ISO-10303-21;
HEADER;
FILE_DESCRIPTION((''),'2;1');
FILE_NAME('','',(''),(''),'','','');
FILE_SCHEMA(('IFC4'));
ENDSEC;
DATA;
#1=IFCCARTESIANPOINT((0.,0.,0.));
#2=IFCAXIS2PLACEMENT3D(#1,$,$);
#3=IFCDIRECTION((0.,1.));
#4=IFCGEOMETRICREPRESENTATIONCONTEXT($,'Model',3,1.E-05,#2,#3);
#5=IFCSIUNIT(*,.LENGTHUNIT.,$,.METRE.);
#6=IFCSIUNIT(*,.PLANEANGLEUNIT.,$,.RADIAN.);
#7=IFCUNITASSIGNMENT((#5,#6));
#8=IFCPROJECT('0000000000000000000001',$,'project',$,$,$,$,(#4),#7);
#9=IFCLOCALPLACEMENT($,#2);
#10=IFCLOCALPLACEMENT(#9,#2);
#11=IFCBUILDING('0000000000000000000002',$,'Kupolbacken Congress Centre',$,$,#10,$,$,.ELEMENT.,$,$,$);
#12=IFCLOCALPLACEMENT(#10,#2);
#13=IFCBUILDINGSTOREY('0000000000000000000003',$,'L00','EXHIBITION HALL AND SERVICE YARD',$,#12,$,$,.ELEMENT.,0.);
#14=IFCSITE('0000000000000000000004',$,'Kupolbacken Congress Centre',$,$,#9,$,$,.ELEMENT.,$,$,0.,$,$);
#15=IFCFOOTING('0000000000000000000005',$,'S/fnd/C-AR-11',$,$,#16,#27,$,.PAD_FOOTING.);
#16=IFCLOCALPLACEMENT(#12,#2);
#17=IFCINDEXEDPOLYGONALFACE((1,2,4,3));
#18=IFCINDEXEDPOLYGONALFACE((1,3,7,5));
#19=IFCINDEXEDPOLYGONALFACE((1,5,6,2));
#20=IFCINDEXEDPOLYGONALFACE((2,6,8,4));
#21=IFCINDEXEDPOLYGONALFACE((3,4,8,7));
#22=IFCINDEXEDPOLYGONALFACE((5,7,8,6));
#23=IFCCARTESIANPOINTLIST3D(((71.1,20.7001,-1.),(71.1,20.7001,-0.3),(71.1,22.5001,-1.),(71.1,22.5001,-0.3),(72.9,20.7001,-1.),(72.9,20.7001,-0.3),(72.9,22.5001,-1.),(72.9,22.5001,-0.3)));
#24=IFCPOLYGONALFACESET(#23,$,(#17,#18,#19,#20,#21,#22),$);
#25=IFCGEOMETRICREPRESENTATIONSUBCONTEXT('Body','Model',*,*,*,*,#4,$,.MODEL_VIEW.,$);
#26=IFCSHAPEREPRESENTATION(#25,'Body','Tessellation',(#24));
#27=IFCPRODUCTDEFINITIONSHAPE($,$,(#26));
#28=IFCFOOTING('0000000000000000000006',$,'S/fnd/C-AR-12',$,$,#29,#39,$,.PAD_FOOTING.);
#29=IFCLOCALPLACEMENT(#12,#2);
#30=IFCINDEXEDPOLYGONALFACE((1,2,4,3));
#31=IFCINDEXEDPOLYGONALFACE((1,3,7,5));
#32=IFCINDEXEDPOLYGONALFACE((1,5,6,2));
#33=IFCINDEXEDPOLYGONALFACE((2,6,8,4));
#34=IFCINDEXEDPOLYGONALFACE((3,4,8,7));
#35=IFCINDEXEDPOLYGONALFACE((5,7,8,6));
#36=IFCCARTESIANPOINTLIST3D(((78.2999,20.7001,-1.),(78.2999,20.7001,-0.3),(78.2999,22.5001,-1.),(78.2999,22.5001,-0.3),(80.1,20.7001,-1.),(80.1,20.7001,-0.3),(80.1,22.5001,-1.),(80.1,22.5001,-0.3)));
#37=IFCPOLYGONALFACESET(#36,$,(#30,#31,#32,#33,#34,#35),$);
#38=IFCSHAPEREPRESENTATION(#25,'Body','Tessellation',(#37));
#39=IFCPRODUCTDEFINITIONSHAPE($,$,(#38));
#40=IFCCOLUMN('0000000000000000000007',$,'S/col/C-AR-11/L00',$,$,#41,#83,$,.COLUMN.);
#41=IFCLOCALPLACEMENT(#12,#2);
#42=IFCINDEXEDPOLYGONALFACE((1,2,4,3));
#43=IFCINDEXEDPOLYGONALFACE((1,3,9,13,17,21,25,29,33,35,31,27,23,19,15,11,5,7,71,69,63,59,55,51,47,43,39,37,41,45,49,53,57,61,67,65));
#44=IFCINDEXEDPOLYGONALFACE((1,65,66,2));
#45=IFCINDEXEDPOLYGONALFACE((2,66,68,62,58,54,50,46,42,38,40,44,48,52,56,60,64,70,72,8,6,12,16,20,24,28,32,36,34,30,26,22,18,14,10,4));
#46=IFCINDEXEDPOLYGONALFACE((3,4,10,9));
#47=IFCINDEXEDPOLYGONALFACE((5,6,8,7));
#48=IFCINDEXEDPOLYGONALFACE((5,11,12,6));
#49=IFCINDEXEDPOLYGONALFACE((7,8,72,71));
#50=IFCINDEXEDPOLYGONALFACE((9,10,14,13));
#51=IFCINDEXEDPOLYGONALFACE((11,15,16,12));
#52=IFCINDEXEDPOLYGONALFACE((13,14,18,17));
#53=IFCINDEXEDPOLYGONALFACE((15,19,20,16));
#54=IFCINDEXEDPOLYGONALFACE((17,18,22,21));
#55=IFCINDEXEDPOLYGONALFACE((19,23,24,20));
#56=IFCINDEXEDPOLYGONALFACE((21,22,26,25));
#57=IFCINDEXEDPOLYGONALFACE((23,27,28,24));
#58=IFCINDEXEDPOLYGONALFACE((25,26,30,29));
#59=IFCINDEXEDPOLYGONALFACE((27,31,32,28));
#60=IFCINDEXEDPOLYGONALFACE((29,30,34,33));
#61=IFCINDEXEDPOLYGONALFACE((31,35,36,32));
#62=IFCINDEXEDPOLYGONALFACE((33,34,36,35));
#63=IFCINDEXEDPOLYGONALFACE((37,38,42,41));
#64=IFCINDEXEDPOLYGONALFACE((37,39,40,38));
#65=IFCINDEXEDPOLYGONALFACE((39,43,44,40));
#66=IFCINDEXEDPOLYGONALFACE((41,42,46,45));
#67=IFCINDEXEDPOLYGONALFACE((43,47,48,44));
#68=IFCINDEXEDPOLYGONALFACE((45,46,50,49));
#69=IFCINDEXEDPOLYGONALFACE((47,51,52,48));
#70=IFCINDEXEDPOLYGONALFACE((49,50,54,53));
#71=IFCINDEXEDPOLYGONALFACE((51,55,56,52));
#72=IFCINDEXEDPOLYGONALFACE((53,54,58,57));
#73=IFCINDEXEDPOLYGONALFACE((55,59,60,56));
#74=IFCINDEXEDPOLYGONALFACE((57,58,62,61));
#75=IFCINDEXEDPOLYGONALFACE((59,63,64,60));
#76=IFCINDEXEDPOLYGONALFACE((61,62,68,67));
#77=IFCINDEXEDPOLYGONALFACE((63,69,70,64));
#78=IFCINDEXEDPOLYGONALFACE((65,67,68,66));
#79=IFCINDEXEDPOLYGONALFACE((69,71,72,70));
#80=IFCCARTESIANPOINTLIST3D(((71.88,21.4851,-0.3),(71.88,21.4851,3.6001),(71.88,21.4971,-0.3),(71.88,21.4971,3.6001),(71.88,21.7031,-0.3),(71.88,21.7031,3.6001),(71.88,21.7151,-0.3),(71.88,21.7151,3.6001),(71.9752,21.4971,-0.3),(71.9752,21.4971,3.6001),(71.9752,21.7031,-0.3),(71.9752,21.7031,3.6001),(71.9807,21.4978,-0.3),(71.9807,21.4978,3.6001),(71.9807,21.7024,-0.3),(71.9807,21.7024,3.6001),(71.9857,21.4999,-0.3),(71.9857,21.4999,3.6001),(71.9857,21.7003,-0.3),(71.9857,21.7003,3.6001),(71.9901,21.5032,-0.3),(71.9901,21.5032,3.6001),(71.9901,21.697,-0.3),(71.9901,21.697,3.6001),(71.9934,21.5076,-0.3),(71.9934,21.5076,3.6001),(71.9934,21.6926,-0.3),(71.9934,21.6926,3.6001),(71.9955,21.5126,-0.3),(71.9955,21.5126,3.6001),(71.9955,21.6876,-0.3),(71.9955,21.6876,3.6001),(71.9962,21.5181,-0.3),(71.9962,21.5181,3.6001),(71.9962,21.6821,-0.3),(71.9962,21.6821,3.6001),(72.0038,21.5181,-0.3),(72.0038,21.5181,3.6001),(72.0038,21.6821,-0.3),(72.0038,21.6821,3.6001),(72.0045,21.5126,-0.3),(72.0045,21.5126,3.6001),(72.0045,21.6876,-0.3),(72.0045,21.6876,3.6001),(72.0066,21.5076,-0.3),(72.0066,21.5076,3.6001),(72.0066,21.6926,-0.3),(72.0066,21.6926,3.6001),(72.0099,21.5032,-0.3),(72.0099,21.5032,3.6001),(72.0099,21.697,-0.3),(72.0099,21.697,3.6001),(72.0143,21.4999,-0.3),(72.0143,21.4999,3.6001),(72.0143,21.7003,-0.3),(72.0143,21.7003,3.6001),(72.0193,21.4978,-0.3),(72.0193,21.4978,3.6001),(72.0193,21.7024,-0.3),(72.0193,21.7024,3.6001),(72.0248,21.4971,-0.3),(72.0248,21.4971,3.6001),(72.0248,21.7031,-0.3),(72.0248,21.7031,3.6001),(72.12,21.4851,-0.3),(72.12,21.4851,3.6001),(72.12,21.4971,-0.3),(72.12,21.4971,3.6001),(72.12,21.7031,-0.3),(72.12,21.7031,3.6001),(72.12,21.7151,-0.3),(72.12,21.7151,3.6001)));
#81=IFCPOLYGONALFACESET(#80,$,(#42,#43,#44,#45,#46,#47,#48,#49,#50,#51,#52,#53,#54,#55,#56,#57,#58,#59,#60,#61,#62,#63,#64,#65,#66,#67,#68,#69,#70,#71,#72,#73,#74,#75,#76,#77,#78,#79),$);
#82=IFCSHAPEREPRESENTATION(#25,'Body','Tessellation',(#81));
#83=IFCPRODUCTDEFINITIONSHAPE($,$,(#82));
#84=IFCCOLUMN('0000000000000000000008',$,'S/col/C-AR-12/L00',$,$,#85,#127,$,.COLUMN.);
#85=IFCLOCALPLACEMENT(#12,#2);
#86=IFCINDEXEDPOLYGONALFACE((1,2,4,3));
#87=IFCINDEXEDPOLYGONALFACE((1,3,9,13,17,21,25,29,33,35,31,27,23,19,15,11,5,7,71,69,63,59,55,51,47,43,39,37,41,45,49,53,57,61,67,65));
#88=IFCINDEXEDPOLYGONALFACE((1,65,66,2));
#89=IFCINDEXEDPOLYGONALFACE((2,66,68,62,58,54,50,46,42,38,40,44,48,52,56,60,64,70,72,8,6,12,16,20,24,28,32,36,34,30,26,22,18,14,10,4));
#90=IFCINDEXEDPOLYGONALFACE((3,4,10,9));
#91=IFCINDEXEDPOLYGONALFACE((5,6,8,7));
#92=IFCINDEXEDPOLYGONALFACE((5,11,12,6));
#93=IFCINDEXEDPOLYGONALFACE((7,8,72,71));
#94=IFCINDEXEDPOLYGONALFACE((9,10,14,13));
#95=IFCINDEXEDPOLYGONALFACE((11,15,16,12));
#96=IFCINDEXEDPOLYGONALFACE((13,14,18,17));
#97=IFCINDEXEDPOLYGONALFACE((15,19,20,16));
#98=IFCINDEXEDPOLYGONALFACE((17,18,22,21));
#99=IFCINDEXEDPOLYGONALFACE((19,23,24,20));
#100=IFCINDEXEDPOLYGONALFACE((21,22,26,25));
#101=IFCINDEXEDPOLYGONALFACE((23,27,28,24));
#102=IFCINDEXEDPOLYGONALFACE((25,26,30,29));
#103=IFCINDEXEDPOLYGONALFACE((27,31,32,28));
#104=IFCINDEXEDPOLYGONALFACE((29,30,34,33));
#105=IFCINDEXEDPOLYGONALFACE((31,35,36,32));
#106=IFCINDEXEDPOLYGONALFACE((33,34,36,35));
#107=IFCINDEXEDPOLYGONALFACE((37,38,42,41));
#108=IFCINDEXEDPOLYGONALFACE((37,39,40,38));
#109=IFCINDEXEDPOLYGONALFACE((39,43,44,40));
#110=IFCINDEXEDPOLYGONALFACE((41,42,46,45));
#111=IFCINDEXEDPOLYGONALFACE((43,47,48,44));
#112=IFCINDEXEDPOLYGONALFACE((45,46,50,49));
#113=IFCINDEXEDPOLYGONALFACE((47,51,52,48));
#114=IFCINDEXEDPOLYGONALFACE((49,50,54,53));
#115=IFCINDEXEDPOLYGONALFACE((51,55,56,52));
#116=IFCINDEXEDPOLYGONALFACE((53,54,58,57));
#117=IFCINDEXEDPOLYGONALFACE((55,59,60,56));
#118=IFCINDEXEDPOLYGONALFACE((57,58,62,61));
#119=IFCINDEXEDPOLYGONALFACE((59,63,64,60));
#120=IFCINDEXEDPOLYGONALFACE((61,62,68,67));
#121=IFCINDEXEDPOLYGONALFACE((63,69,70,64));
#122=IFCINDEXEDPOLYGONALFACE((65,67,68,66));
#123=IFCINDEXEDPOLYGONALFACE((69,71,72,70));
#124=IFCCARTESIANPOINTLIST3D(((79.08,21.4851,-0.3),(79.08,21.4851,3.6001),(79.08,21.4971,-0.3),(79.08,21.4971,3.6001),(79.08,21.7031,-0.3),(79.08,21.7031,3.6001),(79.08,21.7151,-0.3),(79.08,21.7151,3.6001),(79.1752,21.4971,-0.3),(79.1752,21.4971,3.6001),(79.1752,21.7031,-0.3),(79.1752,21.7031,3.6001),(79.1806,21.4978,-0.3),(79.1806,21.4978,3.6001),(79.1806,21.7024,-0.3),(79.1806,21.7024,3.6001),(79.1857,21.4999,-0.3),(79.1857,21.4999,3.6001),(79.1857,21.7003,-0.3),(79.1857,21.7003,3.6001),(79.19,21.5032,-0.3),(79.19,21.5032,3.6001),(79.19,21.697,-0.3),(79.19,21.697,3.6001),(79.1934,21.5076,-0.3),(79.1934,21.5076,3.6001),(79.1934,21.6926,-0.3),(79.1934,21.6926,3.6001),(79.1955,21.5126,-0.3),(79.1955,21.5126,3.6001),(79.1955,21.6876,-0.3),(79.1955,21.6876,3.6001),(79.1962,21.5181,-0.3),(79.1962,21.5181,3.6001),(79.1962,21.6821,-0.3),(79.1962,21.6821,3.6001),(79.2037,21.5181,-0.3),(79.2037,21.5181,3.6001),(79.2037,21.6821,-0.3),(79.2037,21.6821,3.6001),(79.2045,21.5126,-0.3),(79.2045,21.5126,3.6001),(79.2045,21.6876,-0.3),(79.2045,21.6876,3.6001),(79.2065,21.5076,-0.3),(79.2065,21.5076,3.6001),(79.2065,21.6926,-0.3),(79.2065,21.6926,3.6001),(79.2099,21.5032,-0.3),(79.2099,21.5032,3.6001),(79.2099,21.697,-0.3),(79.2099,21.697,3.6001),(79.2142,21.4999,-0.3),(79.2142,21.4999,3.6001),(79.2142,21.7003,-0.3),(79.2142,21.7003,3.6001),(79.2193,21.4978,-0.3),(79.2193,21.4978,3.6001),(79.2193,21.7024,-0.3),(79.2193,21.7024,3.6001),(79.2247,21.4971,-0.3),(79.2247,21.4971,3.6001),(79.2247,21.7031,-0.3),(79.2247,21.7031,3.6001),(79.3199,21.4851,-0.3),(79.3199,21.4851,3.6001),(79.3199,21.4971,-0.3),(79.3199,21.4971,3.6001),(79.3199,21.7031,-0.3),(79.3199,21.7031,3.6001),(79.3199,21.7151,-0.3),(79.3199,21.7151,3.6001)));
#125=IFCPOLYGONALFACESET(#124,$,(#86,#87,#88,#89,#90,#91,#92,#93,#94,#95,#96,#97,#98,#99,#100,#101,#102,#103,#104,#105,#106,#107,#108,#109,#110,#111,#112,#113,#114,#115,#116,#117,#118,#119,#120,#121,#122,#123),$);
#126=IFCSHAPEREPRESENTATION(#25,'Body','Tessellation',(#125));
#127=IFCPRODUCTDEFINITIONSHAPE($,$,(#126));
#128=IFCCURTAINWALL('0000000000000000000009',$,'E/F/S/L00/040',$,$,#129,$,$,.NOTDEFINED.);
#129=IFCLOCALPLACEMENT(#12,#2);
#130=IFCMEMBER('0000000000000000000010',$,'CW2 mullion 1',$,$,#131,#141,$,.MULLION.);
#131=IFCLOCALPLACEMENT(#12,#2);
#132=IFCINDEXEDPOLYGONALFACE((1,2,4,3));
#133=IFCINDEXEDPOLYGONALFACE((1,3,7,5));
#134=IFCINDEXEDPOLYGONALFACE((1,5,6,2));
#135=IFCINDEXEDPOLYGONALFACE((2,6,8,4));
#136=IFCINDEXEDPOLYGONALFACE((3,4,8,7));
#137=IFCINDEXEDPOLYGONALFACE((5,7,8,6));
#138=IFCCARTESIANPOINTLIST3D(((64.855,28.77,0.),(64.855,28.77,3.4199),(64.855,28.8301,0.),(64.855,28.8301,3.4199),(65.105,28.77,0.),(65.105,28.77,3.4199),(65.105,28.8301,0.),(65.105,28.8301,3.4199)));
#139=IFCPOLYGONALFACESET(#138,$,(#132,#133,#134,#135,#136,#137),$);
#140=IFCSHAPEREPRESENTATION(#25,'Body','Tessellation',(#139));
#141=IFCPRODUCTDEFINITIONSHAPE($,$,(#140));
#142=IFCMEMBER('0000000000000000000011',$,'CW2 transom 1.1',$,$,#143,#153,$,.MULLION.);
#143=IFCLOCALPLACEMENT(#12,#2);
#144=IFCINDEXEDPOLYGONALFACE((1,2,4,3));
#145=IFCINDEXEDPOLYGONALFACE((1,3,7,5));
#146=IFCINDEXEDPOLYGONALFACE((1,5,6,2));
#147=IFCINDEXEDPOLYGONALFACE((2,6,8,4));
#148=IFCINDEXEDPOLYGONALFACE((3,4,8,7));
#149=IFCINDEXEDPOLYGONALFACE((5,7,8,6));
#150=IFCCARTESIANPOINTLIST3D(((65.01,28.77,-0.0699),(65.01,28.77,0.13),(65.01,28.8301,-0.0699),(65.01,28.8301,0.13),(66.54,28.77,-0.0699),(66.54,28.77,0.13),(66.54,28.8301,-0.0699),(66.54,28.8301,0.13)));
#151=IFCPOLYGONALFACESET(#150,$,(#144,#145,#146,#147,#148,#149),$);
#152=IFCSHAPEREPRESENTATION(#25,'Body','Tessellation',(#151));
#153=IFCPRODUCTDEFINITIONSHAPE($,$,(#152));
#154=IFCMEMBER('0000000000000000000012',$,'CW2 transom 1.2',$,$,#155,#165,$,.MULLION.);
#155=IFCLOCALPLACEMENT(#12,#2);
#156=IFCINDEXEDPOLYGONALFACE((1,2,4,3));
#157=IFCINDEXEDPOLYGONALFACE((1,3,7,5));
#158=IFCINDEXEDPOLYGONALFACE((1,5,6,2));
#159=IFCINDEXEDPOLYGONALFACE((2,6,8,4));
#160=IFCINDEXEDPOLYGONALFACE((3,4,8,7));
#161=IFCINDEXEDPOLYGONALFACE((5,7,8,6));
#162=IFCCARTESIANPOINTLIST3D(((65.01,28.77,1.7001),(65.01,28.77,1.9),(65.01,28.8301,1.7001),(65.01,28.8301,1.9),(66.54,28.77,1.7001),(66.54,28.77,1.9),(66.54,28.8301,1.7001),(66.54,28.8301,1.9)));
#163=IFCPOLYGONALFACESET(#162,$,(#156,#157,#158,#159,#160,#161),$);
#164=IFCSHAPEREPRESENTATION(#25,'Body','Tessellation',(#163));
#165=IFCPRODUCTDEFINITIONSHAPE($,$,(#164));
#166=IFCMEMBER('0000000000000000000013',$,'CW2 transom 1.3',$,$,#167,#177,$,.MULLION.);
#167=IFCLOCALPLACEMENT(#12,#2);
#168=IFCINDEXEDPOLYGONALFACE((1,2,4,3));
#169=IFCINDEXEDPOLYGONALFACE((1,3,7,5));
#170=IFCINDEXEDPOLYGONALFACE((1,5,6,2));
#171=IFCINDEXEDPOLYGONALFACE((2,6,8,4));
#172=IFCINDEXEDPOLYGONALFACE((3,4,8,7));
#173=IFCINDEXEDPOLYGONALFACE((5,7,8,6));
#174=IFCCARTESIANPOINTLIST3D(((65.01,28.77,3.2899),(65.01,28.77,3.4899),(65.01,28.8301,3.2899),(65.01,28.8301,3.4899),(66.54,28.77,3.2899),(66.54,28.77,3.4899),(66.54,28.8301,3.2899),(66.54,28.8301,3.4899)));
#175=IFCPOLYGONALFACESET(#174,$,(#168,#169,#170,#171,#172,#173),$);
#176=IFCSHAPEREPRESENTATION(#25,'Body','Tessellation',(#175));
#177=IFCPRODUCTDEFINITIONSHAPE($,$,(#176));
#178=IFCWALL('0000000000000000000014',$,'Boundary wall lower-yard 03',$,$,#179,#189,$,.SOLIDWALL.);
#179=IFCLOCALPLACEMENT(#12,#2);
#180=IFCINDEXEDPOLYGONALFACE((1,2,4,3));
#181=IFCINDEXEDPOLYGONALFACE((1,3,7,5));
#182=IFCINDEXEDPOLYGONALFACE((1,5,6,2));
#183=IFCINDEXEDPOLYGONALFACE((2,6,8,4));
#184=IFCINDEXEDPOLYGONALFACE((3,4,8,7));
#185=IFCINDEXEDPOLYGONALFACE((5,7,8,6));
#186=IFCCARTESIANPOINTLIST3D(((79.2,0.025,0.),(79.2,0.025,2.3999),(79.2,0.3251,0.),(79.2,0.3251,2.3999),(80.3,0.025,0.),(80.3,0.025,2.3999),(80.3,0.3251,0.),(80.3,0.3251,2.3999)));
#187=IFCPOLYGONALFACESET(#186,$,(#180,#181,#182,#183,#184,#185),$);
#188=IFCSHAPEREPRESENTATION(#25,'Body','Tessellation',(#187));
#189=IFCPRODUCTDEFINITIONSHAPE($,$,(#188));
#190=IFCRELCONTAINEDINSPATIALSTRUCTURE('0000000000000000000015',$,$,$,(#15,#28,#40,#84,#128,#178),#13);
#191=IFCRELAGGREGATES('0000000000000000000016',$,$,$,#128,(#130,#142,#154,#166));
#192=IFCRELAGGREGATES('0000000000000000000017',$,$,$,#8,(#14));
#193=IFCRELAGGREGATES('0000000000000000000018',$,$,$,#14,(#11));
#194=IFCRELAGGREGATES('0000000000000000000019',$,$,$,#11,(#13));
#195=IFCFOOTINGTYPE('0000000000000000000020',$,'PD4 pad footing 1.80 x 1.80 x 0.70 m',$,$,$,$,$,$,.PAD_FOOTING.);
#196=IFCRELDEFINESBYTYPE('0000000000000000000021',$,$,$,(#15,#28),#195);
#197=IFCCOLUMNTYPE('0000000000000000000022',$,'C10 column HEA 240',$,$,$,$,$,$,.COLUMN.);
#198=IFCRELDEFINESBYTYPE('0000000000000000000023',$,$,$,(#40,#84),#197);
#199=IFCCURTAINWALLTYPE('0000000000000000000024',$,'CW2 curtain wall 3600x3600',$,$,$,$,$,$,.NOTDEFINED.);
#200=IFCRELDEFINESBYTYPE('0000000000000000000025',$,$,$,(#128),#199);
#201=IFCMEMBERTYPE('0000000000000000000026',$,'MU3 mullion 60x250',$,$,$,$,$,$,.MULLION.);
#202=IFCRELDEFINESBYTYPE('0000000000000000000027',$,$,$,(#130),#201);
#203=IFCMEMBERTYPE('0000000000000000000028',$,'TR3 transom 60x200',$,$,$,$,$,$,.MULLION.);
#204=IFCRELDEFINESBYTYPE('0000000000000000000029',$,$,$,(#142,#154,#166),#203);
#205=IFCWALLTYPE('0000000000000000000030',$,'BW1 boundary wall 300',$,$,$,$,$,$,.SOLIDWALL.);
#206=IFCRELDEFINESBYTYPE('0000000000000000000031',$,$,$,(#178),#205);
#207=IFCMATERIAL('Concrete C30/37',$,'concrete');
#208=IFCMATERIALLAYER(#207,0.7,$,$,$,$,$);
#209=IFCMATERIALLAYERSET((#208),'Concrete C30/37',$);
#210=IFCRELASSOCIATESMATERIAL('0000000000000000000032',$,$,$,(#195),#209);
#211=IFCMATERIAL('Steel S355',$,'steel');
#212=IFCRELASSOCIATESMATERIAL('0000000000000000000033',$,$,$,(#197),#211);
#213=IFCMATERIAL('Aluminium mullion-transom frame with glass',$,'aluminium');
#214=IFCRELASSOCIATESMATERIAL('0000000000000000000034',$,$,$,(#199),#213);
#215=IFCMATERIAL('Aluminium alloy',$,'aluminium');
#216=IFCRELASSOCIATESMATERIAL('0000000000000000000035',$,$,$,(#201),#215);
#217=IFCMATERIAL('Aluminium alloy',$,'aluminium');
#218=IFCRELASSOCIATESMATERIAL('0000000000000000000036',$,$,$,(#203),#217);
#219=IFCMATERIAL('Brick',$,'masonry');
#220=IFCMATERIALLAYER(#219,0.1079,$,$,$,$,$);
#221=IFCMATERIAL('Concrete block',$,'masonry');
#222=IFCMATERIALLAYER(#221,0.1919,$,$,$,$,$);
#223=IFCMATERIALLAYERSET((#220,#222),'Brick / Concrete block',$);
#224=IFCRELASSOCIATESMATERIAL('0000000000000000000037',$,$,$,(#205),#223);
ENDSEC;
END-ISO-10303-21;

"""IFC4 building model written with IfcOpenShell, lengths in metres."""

from ifc_helpers import new_model, si_unit, direction, frame, frame_2d, origin, origin_2d, place, context, subcontext, project, spatial, rectangle, i_section, extrude, material, layer, layer_set, material_profile, profile_set, type_object, element, aggregate, save


model = new_model("IFC4")

# Units and contexts
model_context = context("Model", 3, precision=1e-05, world=origin(), true_north=direction((0.0, 1.0)))
body_context = subcontext(model_context, "Body", "Model", "MODEL_VIEW")
ifc_project = project(units=[si_unit("LENGTHUNIT", "METRE"), si_unit("PLANEANGLEUNIT", "RADIAN")], contexts=[model_context])

# Site, building, storey
site_placement = place(None, origin())
site = spatial("IfcSite", under=ifc_project, at=site_placement, Name="Kupolbacken Congress Centre", CompositionType="ELEMENT", RefElevation=0.0)
building_placement = place(site_placement, origin())
building = spatial("IfcBuilding", under=site, at=building_placement, Name="Kupolbacken Congress Centre", CompositionType="ELEMENT")
storey_placement = place(building_placement, origin())
storey = spatial("IfcBuildingStorey", under=building, at=storey_placement, Name="L00", Description="EXHIBITION HALL AND SERVICE YARD", CompositionType="ELEMENT", Elevation=0.0)

# Footings
ifc_material_1 = material(Name="Concrete C30/37", Category="concrete")
ifc_layer_1 = layer(ifc_material_1, 0.7)
ifc_layer_set_1 = layer_set([ifc_layer_1], Name="Concrete C30/37")
footing_type = type_object("IfcFootingType", Name="PD4 pad footing 1.80 x 1.80 x 0.70 m", PredefinedType="PAD_FOOTING", material=ifc_layer_set_1)
for number, where, z_axis, x_axis, name in (
    (1, (72.0, 21.6001, -1.0), (0.0, 0.0, 1.0), (1.0, 0.0, 0.0), "S/fnd/C-AR-11"),
    (2, (79.2, 21.6001, -1.0), (0.0, 0.0, 1.0), (1.0, 0.0, 0.0), "S/fnd/C-AR-12"),
):
    element("IfcFooting", number, at=place(storey_placement, frame(where, z_axis=z_axis, x_axis=x_axis)), inside=storey, type_object=footing_type, Name=name, PredefinedType="PAD_FOOTING", context=body_context, shape_type="SweptSolid", body=[
        extrude(rectangle(XDim=1.8, YDim=1.8, at=origin_2d()), origin(), (0.0, 0.0, 1.0), 0.7),
    ])

# Columns
ifc_material_2 = material(Name="Steel S355", Category="steel")
ifc_material_profile_1 = material_profile(ifc_material_2, i_section(OverallWidth=0.24, OverallDepth=0.23, WebThickness=0.0076, FlangeThickness=0.012, FilletRadius=0.021, at=origin_2d()), Name="HEA 240")
ifc_profile_set_1 = profile_set([ifc_material_profile_1], Name="Steel S355")
column_type = type_object("IfcColumnType", Name="C10 column HEA 240", PredefinedType="COLUMN", material=ifc_profile_set_1)
for number, where, z_axis, x_axis, name in (
    (3, (72.0, 21.6001, -0.3), (0.0, 0.0, 1.0), (1.0, 0.0, 0.0), "S/col/C-AR-11/L00"),
    (4, (79.2, 21.6001, -0.3), (0.0, 0.0, 1.0), (1.0, 0.0, 0.0), "S/col/C-AR-12/L00"),
):
    element("IfcColumn", number, at=place(storey_placement, frame(where, z_axis=z_axis, x_axis=x_axis)), inside=storey, type_object=column_type, Name=name, PredefinedType="COLUMN", context=body_context, shape_type="SweptSolid", body=[
        extrude(i_section(OverallWidth=0.24, OverallDepth=0.23, WebThickness=0.0076, FlangeThickness=0.012, FilletRadius=0.021, at=origin_2d()), origin(), (0.0, 0.0, 1.0), 3.9001),
    ])

# Curtain wall, members
ifc_material_3 = material(Name="Aluminium mullion-transom frame with glass", Category="aluminium")
curtain_wall_type = type_object("IfcCurtainWallType", Name="CW2 curtain wall 3600x3600", PredefinedType="NOTDEFINED", material=ifc_material_3)
curtain_wall_placement = place(storey_placement, origin())
curtain_wall = element("IfcCurtainWall", 5, at=curtain_wall_placement, inside=storey, type_object=curtain_wall_type, Name="E/F/S/L00/040", PredefinedType="NOTDEFINED")
ifc_material_4 = material(Name="Aluminium alloy", Category="aluminium")
ifc_material_profile_2 = material_profile(ifc_material_4, rectangle(XDim=0.0601, YDim=0.25, at=origin_2d()), Name="60 x 250")
ifc_profile_set_2 = profile_set([ifc_material_profile_2], Name="Aluminium alloy")
member_type_1 = type_object("IfcMemberType", Name="MU3 mullion 60x250", PredefinedType="MULLION", material=ifc_profile_set_2)
member_1_placement = place(storey_placement, frame((64.98, 28.8, 0.0), z_axis=(0.0, 0.0, 1.0), x_axis=(0.0, 1.0, 0.0)))
member_1 = element("IfcMember", 6, at=member_1_placement, type_object=member_type_1, Name="CW2 mullion 1", PredefinedType="MULLION", context=body_context, shape_type="SweptSolid", body=[
    extrude(rectangle(XDim=0.0601, YDim=0.25, at=origin_2d()), origin(), (0.0, 0.0, 1.0), 3.4199),
])
ifc_material_5 = material(Name="Aluminium alloy", Category="aluminium")
ifc_material_profile_3 = material_profile(ifc_material_5, rectangle(XDim=0.0601, YDim=0.2, at=origin_2d()), Name="60 x 200")
ifc_profile_set_3 = profile_set([ifc_material_profile_3], Name="Aluminium alloy")
member_type_2 = type_object("IfcMemberType", Name="TR3 transom 60x200", PredefinedType="MULLION", material=ifc_profile_set_3)
member_2_placement = place(storey_placement, frame((65.01, 28.8, 0.03), z_axis=(1.0, 0.0, 0.0), x_axis=(0.0, 1.0, 0.0)))
member_2 = element("IfcMember", 7, at=member_2_placement, type_object=member_type_2, Name="CW2 transom 1.1", PredefinedType="MULLION", context=body_context, shape_type="SweptSolid", body=[
    extrude(rectangle(XDim=0.0601, YDim=0.2, at=origin_2d()), origin(), (0.0, 0.0, 1.0), 1.53),
])
member_3_placement = place(storey_placement, frame((65.01, 28.8, 1.8), z_axis=(1.0, 0.0, 0.0), x_axis=(0.0, 1.0, 0.0)))
member_3 = element("IfcMember", 8, at=member_3_placement, type_object=member_type_2, Name="CW2 transom 1.2", PredefinedType="MULLION", context=body_context, shape_type="SweptSolid", body=[
    extrude(rectangle(XDim=0.0601, YDim=0.2, at=origin_2d()), origin(), (0.0, 0.0, 1.0), 1.53),
])
member_4_placement = place(storey_placement, frame((65.01, 28.8, 3.3899), z_axis=(1.0, 0.0, 0.0), x_axis=(0.0, 1.0, 0.0)))
member_4 = element("IfcMember", 9, at=member_4_placement, type_object=member_type_2, Name="CW2 transom 1.3", PredefinedType="MULLION", context=body_context, shape_type="SweptSolid", body=[
    extrude(rectangle(XDim=0.0601, YDim=0.2, at=origin_2d()), origin(), (0.0, 0.0, 1.0), 1.53),
])
aggregate(curtain_wall, [member_1, member_2, member_3, member_4])

# Wall
ifc_material_6 = material(Name="Brick", Category="masonry")
ifc_layer_2 = layer(ifc_material_6, 0.1079)
ifc_material_7 = material(Name="Concrete block", Category="masonry")
ifc_layer_3 = layer(ifc_material_7, 0.1919)
ifc_layer_set_2 = layer_set([ifc_layer_2, ifc_layer_3], Name="Brick / Concrete block")
wall_type_1 = type_object("IfcWallType", Name="BW1 boundary wall 300", PredefinedType="SOLIDWALL", material=ifc_layer_set_2)
wall_1_placement = place(storey_placement, frame((79.2, 0.175, 0.0), z_axis=(0.0, 0.0, 1.0), x_axis=(1.0, 0.0, 0.0)))
element("IfcWall", 10, at=wall_1_placement, inside=storey, type_object=wall_type_1, Name="Boundary wall lower-yard 03", PredefinedType="SOLIDWALL", context=body_context, shape_type="SweptSolid", body=[
    extrude(rectangle(XDim=1.1001, YDim=0.3, at=frame_2d((0.55, 0.0))), origin(), (0.0, 0.0, 1.0), 2.3999),
])

save(model, "model.ifc")
